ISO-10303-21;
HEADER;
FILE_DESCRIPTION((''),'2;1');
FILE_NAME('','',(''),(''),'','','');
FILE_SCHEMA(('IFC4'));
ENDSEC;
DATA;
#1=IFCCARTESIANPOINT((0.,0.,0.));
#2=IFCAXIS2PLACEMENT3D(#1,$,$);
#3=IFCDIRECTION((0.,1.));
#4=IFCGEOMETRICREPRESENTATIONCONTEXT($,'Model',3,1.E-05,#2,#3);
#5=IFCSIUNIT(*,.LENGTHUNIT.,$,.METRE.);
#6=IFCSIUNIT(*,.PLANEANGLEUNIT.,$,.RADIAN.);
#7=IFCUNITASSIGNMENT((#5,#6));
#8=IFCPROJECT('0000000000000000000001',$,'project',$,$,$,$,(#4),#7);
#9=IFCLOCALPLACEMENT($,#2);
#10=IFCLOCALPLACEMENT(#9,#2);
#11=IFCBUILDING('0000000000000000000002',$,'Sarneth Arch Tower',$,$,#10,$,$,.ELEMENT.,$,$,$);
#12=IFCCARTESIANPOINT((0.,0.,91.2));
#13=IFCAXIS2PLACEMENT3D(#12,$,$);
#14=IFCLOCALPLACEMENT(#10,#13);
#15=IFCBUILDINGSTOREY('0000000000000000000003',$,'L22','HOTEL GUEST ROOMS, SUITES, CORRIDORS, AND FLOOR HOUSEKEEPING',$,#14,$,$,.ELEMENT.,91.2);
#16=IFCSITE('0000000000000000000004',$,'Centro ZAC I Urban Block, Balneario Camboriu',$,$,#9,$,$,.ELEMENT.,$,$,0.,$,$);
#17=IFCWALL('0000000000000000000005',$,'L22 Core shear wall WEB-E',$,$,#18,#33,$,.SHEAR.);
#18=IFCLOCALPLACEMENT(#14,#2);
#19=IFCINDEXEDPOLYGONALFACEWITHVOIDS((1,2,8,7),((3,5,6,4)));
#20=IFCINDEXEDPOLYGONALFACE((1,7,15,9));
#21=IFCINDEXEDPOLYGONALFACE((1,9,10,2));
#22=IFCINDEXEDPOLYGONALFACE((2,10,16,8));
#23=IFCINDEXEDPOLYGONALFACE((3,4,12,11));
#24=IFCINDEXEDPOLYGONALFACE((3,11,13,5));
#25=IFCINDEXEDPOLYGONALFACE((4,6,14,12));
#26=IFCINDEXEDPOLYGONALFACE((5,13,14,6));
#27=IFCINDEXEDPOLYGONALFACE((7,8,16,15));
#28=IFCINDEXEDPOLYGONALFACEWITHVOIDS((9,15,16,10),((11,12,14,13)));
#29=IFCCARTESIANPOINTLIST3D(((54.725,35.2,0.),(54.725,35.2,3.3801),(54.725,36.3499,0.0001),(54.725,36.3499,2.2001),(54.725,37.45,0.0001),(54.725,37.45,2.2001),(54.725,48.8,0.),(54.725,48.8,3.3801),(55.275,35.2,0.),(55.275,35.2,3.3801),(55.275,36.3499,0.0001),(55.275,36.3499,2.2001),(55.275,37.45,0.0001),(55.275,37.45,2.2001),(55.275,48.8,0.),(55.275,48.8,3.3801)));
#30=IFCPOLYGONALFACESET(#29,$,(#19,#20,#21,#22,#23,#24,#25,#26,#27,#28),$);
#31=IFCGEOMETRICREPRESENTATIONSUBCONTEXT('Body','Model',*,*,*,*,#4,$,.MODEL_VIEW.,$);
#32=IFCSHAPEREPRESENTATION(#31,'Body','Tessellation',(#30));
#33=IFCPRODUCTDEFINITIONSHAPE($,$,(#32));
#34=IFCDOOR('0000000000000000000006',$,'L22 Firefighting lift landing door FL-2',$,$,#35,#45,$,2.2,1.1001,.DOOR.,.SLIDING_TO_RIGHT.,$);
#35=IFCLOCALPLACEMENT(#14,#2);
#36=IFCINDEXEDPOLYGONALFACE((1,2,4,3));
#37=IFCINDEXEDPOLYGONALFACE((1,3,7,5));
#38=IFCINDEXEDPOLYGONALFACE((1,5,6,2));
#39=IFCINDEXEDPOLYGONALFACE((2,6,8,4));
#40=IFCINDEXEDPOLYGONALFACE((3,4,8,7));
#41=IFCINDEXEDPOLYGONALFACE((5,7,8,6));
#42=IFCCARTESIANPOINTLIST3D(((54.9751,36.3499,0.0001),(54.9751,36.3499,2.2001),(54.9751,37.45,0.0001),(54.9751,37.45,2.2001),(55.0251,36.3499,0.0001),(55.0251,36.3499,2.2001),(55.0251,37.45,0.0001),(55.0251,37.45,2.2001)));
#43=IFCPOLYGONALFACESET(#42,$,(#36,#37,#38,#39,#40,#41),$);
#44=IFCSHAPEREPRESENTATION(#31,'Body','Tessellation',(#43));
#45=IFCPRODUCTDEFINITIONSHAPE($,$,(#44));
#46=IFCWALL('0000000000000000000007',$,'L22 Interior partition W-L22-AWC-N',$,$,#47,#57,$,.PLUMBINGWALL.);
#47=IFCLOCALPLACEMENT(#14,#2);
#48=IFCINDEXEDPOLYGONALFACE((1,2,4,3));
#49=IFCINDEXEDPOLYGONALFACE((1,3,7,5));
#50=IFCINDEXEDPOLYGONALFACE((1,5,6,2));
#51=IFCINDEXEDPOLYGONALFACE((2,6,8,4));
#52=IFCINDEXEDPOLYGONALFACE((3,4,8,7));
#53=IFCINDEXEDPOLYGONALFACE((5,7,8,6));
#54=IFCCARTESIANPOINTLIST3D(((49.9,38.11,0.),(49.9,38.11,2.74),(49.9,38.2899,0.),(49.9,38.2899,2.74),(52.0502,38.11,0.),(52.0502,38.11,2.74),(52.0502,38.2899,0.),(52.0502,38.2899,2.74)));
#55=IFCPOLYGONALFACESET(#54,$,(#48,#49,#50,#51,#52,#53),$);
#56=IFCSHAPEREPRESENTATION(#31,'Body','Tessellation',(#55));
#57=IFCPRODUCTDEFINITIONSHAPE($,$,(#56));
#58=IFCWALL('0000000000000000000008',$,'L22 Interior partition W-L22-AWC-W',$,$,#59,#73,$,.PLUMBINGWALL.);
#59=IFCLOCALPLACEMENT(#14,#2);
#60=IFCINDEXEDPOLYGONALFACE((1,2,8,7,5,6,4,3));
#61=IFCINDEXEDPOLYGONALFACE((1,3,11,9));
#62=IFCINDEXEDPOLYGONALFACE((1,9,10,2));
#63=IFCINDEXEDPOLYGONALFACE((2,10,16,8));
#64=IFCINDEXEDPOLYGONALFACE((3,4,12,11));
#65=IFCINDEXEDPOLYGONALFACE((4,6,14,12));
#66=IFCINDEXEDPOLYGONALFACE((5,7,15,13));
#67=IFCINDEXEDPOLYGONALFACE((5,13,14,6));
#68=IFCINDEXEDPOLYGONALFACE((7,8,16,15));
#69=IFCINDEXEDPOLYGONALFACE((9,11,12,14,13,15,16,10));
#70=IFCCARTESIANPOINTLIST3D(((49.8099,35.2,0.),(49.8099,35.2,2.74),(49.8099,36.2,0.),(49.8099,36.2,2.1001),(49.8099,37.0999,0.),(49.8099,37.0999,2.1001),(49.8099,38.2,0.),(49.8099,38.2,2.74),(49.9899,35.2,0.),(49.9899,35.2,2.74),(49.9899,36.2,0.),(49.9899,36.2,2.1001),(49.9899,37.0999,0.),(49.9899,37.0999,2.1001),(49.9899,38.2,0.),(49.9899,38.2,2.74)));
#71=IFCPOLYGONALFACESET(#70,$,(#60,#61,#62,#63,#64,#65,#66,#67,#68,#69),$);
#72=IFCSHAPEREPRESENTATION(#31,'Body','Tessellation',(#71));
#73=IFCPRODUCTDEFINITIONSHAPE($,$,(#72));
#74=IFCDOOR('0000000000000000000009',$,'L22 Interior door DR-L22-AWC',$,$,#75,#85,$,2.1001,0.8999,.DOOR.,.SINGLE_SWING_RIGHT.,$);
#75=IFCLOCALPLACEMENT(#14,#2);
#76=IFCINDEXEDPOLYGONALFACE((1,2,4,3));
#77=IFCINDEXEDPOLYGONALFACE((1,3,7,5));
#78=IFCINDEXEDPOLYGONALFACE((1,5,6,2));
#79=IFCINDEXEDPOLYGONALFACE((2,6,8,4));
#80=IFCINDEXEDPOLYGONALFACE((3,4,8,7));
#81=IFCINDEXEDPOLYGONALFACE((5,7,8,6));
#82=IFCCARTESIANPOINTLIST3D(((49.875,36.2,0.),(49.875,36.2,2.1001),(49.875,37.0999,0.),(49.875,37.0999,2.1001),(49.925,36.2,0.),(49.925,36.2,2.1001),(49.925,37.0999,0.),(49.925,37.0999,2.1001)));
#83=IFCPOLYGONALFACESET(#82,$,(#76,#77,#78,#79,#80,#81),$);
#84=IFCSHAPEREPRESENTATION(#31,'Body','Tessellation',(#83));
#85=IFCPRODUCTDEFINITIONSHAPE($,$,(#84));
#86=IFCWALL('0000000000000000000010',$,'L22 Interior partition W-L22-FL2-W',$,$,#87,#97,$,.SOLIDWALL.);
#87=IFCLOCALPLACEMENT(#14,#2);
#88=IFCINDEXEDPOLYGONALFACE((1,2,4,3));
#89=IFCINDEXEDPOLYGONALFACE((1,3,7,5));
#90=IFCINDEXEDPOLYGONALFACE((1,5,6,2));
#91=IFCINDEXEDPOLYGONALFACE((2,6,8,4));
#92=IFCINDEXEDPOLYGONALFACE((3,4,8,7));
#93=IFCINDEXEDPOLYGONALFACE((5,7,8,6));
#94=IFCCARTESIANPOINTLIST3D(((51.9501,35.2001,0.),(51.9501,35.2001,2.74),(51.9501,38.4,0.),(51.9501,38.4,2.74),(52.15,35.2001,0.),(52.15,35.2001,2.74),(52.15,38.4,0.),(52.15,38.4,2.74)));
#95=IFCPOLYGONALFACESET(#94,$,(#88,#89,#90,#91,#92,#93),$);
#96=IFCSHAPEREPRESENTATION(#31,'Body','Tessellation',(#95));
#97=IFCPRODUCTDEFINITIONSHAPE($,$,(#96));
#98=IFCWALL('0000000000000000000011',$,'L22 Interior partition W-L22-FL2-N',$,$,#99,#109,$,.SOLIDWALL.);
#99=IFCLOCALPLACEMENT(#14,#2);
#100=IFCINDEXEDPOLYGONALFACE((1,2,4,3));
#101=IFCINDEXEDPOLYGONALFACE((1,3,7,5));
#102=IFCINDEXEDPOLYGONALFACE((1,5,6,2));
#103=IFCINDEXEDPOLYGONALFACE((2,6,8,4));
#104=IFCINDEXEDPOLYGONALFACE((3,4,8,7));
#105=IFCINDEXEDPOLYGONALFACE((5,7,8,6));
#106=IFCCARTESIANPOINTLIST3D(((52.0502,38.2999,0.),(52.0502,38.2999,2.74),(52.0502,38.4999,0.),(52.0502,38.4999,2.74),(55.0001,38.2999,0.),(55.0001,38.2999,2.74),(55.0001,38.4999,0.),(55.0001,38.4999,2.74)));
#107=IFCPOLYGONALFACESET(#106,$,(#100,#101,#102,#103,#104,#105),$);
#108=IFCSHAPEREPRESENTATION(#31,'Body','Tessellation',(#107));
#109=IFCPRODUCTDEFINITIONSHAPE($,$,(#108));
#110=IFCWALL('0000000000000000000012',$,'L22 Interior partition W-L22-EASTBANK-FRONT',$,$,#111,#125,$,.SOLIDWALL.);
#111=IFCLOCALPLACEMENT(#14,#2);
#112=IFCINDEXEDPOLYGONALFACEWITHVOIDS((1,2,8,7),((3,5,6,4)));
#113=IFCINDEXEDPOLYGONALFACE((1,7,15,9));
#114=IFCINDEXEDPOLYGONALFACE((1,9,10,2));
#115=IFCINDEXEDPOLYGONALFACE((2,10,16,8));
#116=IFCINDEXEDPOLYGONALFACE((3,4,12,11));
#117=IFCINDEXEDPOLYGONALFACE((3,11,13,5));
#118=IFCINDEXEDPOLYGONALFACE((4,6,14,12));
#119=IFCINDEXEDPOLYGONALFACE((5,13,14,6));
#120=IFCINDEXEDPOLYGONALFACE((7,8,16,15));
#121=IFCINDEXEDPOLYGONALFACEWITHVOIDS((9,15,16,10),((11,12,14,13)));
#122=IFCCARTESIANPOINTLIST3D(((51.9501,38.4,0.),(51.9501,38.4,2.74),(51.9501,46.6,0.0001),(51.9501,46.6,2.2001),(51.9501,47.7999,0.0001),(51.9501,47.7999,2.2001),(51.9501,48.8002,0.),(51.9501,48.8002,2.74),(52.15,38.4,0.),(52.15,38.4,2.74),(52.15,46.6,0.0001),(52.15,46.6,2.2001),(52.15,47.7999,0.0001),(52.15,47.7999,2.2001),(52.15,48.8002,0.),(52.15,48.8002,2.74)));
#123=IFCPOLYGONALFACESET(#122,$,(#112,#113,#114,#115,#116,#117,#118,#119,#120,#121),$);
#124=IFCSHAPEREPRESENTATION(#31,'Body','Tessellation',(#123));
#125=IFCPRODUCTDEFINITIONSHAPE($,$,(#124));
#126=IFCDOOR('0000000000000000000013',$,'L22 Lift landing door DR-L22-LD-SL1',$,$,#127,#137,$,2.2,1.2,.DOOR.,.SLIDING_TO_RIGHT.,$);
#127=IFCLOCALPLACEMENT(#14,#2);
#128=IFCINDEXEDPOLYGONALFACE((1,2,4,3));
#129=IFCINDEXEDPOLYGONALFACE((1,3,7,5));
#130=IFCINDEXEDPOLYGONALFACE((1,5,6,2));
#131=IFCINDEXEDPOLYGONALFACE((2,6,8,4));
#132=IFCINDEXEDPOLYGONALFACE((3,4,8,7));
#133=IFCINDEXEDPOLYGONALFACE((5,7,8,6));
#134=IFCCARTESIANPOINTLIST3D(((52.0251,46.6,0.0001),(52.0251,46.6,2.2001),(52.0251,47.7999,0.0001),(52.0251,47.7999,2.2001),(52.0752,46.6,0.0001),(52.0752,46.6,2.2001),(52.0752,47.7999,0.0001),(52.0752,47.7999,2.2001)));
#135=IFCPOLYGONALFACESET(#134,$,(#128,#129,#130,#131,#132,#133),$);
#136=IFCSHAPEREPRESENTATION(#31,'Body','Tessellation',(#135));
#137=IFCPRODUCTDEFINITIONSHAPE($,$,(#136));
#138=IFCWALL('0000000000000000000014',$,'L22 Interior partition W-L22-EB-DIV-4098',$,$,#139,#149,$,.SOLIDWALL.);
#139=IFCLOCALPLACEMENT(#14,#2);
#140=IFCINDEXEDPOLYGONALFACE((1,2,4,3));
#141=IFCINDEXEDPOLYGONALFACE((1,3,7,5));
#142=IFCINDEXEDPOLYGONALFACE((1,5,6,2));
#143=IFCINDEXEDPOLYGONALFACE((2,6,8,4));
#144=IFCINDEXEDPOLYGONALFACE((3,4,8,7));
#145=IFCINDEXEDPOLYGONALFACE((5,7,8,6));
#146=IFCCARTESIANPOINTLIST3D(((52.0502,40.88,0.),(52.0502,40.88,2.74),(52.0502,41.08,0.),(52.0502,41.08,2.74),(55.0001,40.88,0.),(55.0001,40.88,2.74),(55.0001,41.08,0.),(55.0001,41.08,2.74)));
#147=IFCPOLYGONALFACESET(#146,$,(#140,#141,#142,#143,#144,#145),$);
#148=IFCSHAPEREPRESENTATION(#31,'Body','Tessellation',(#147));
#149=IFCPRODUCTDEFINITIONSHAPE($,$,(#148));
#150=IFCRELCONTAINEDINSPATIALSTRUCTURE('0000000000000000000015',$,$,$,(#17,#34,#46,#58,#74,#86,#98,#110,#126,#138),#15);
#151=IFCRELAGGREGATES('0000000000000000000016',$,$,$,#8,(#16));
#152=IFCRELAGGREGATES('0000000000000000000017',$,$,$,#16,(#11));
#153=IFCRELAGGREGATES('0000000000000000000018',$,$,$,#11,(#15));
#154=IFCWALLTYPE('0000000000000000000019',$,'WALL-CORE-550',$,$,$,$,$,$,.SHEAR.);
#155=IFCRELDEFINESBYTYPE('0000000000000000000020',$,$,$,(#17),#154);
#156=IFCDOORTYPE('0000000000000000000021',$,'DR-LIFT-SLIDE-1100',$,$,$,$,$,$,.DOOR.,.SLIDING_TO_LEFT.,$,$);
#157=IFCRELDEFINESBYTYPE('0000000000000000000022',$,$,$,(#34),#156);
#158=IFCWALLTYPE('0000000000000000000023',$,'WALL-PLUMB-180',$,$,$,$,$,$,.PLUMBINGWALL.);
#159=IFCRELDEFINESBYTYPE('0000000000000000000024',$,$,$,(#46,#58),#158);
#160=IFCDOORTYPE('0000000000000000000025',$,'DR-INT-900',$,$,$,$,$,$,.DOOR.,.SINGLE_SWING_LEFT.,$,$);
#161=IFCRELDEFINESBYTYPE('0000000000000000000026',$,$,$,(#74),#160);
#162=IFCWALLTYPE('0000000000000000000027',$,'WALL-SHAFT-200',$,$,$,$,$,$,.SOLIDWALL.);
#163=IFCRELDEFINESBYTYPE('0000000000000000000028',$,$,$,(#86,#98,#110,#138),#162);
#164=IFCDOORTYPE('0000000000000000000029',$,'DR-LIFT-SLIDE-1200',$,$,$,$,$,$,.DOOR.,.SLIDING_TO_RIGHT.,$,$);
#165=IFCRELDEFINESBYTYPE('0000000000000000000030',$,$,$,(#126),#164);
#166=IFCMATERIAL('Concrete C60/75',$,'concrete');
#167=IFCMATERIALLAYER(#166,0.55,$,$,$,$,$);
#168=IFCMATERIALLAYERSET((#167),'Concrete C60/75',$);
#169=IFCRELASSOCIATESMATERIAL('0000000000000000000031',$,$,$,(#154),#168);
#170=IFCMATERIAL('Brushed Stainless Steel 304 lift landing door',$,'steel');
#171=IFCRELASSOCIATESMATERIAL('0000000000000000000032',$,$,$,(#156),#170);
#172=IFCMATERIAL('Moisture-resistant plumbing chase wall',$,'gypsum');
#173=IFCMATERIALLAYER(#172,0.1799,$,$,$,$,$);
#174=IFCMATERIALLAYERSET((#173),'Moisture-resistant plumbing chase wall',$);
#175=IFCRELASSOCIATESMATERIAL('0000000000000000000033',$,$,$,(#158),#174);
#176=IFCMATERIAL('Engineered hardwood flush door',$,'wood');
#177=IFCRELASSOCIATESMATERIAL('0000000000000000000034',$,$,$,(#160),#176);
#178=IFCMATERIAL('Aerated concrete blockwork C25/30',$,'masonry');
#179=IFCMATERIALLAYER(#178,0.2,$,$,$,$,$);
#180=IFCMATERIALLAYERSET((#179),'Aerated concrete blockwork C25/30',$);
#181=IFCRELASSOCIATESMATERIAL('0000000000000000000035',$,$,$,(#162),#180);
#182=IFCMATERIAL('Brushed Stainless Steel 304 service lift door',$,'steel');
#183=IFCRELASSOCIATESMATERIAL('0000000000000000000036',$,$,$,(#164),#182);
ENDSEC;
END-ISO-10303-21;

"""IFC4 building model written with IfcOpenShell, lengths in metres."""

from ifc_helpers import new_model, si_unit, direction, frame, frame_2d, origin, place, context, subcontext, project, spatial, rectangle, extrude, material, layer, layer_set, type_object, element, fill, save


model = new_model("IFC4")

# Units and contexts
model_context = context("Model", 3, precision=1e-05, world=origin(), true_north=direction((0.0, 1.0)))
body_context = subcontext(model_context, "Body", "Model", "MODEL_VIEW")
ifc_project = project(units=[si_unit("LENGTHUNIT", "METRE"), si_unit("PLANEANGLEUNIT", "RADIAN")], contexts=[model_context])

# Site, building, storey
site_placement = place(None, origin())
site = spatial("IfcSite", under=ifc_project, at=site_placement, Name="Centro ZAC I Urban Block, Balneario Camboriu", CompositionType="ELEMENT", RefElevation=0.0)
building_placement = place(site_placement, origin())
building = spatial("IfcBuilding", under=site, at=building_placement, Name="Sarneth Arch Tower", CompositionType="ELEMENT")
storey_placement = place(building_placement, frame((0.0, 0.0, 91.2)))
storey = spatial("IfcBuildingStorey", under=building, at=storey_placement, Name="L22", Description="HOTEL GUEST ROOMS, SUITES, CORRIDORS, AND FLOOR HOUSEKEEPING", CompositionType="ELEMENT", Elevation=91.2)

# Shared definitions
ifc_material_1 = material(Name="Concrete C60/75", Category="concrete")
ifc_layer_1 = layer(ifc_material_1, 0.55)
ifc_layer_set_1 = layer_set([ifc_layer_1], Name="Concrete C60/75")
wall_type_1 = type_object("IfcWallType", Name="WALL-CORE-550", PredefinedType="SHEAR", material=ifc_layer_set_1)

# Wall, opening, door
wall_1_placement = place(storey_placement, frame((55.0, 35.2, 0.0), z_axis=(0.0, 0.0, 1.0), x_axis=(0.0, 1.0, 0.0)))
wall_1 = element("IfcWall", 1, at=wall_1_placement, inside=storey, type_object=wall_type_1, Name="L22 Core shear wall WEB-E", PredefinedType="SHEAR", context=body_context, shape_type="SweptSolid", body=[
    extrude(rectangle(XDim=13.6001, YDim=0.55, at=frame_2d((6.8, 0.0))), origin(), (0.0, 0.0, 1.0), 3.3801),
])
opening_1_placement = place(wall_1_placement, frame((1.1499, 0.0, 0.0)))
opening_1 = element("IfcOpeningElement", 2, at=opening_1_placement, cuts=wall_1, PredefinedType="OPENING", context=body_context, shape_type="SweptSolid", body=[
    extrude(rectangle(XDim=1.1001, YDim=2.2, at=frame_2d((0.55, 1.1001))), frame((0.0, 0.2849, 0.0), z_axis=(0.0, -1.0, 0.0), x_axis=(1.0, 0.0, 0.0)), (0.0, 0.0, 1.0), 0.5701),
])
ifc_material_2 = material(Name="Brushed Stainless Steel 304 lift landing door", Category="steel")
door_type_1 = type_object("IfcDoorType", Name="DR-LIFT-SLIDE-1100", OperationType="SLIDING_TO_LEFT", PredefinedType="DOOR", material=ifc_material_2)
door_1_placement = place(opening_1_placement, origin())
door_1 = element("IfcDoor", 3, at=door_1_placement, inside=storey, type_object=door_type_1, Name="L22 Firefighting lift landing door FL-2", OperationType="SLIDING_TO_RIGHT", OverallHeight=2.2, OverallWidth=1.1001, PredefinedType="DOOR", context=body_context, shape_type="SweptSolid", body=[
    extrude(rectangle(XDim=1.1001, YDim=2.2, at=frame_2d((0.55, 1.1001))), frame((0.0, 0.0249, 0.0), z_axis=(0.0, -1.0, 0.0), x_axis=(1.0, 0.0, 0.0)), (0.0, 0.0, 1.0), 0.05),
])
fill(opening_1, door_1)

# Wall
ifc_material_3 = material(Name="Moisture-resistant plumbing chase wall", Category="gypsum")
ifc_layer_2 = layer(ifc_material_3, 0.1799)
ifc_layer_set_2 = layer_set([ifc_layer_2], Name="Moisture-resistant plumbing chase wall")
wall_type_2 = type_object("IfcWallType", Name="WALL-PLUMB-180", PredefinedType="PLUMBINGWALL", material=ifc_layer_set_2)
wall_2_placement = place(storey_placement, frame((49.8999, 38.2, 0.0), z_axis=(0.0, 0.0, 1.0), x_axis=(1.0, 0.0, 0.0)))
element("IfcWall", 4, at=wall_2_placement, inside=storey, type_object=wall_type_2, Name="L22 Interior partition W-L22-AWC-N", PredefinedType="PLUMBINGWALL", context=body_context, shape_type="SweptSolid", body=[
    extrude(rectangle(XDim=2.1501, YDim=0.1799, at=frame_2d((1.0752, 0.0))), origin(), (0.0, 0.0, 1.0), 2.74),
])

# Wall, opening, door
wall_3_placement = place(storey_placement, frame((49.8999, 35.2, 0.0), z_axis=(0.0, 0.0, 1.0), x_axis=(0.0, 1.0, 0.0)))
wall_3 = element("IfcWall", 5, at=wall_3_placement, inside=storey, type_object=wall_type_2, Name="L22 Interior partition W-L22-AWC-W", PredefinedType="PLUMBINGWALL", context=body_context, shape_type="SweptSolid", body=[
    extrude(rectangle(XDim=3.0, YDim=0.1799, at=frame_2d((1.5, 0.0))), origin(), (0.0, 0.0, 1.0), 2.74),
])
opening_2_placement = place(wall_3_placement, frame((1.0, 0.0, 0.0)))
opening_2 = element("IfcOpeningElement", 6, at=opening_2_placement, cuts=wall_3, PredefinedType="OPENING", context=body_context, shape_type="SweptSolid", body=[
    extrude(rectangle(XDim=0.8999, YDim=2.1001, at=frame_2d((0.45, 1.05))), frame((0.0, 0.0999, 0.0), z_axis=(0.0, -1.0, 0.0), x_axis=(1.0, 0.0, 0.0)), (0.0, 0.0, 1.0), 0.2),
])
ifc_material_4 = material(Name="Engineered hardwood flush door", Category="wood")
door_type_2 = type_object("IfcDoorType", Name="DR-INT-900", OperationType="SINGLE_SWING_LEFT", PredefinedType="DOOR", material=ifc_material_4)
door_2_placement = place(opening_2_placement, origin())
door_2 = element("IfcDoor", 7, at=door_2_placement, inside=storey, type_object=door_type_2, Name="L22 Interior door DR-L22-AWC", OperationType="SINGLE_SWING_RIGHT", OverallHeight=2.1001, OverallWidth=0.8999, PredefinedType="DOOR", context=body_context, shape_type="SweptSolid", body=[
    extrude(rectangle(XDim=0.8999, YDim=2.1001, at=frame_2d((0.45, 1.05))), frame((0.0, 0.0249, 0.0), z_axis=(0.0, -1.0, 0.0), x_axis=(1.0, 0.0, 0.0)), (0.0, 0.0, 1.0), 0.05),
])
fill(opening_2, door_2)
ifc_material_5 = material(Name="Aerated concrete blockwork C25/30", Category="masonry")
ifc_layer_3 = layer(ifc_material_5, 0.2)
ifc_layer_set_3 = layer_set([ifc_layer_3], Name="Aerated concrete blockwork C25/30")
wall_type_3 = type_object("IfcWallType", Name="WALL-SHAFT-200", PredefinedType="SOLIDWALL", material=ifc_layer_set_3)

# Walls
wall_4_placement = place(storey_placement, frame((52.05, 35.2, 0.0), z_axis=(0.0, 0.0, 1.0), x_axis=(0.0, 1.0, 0.0)))
element("IfcWall", 8, at=wall_4_placement, inside=storey, type_object=wall_type_3, Name="L22 Interior partition W-L22-FL2-W", PredefinedType="SOLIDWALL", context=body_context, shape_type="SweptSolid", body=[
    extrude(rectangle(XDim=3.2, YDim=0.2, at=frame_2d((1.6001, 0.0))), origin(), (0.0, 0.0, 1.0), 2.74),
])
wall_5_placement = place(storey_placement, frame((52.05, 38.3999, 0.0), z_axis=(0.0, 0.0, 1.0), x_axis=(1.0, 0.0, 0.0)))
element("IfcWall", 9, at=wall_5_placement, inside=storey, type_object=wall_type_3, Name="L22 Interior partition W-L22-FL2-N", PredefinedType="SOLIDWALL", context=body_context, shape_type="SweptSolid", body=[
    extrude(rectangle(XDim=2.95, YDim=0.2, at=frame_2d((1.4751, 0.0))), origin(), (0.0, 0.0, 1.0), 2.74),
])

# Wall, opening, door
wall_6_placement = place(storey_placement, frame((52.05, 38.3999, 0.0), z_axis=(0.0, 0.0, 1.0), x_axis=(0.0, 1.0, 0.0)))
wall_6 = element("IfcWall", 10, at=wall_6_placement, inside=storey, type_object=wall_type_3, Name="L22 Interior partition W-L22-EASTBANK-FRONT", PredefinedType="SOLIDWALL", context=body_context, shape_type="SweptSolid", body=[
    extrude(rectangle(XDim=10.4001, YDim=0.2, at=frame_2d((5.2002, 0.0))), origin(), (0.0, 0.0, 1.0), 2.74),
])
opening_3_placement = place(wall_6_placement, frame((8.2, 0.0, 0.0)))
opening_3 = element("IfcOpeningElement", 11, at=opening_3_placement, cuts=wall_6, PredefinedType="OPENING", context=body_context, shape_type="SweptSolid", body=[
    extrude(rectangle(XDim=1.2, YDim=2.2, at=frame_2d((0.6001, 1.1001))), frame((0.0, 0.1099, 0.0), z_axis=(0.0, -1.0, 0.0), x_axis=(1.0, 0.0, 0.0)), (0.0, 0.0, 1.0), 0.22),
])
ifc_material_6 = material(Name="Brushed Stainless Steel 304 service lift door", Category="steel")
door_type_3 = type_object("IfcDoorType", Name="DR-LIFT-SLIDE-1200", OperationType="SLIDING_TO_RIGHT", PredefinedType="DOOR", material=ifc_material_6)
door_3_placement = place(opening_3_placement, origin())
door_3 = element("IfcDoor", 12, at=door_3_placement, inside=storey, type_object=door_type_3, Name="L22 Lift landing door DR-L22-LD-SL1", OperationType="SLIDING_TO_RIGHT", OverallHeight=2.2, OverallWidth=1.2, PredefinedType="DOOR", context=body_context, shape_type="SweptSolid", body=[
    extrude(rectangle(XDim=1.2, YDim=2.2, at=frame_2d((0.6001, 1.1001))), frame((0.0, 0.0249, 0.0), z_axis=(0.0, -1.0, 0.0), x_axis=(1.0, 0.0, 0.0)), (0.0, 0.0, 1.0), 0.05),
])
fill(opening_3, door_3)

# Wall
wall_7_placement = place(storey_placement, frame((52.05, 40.98, 0.0), z_axis=(0.0, 0.0, 1.0), x_axis=(1.0, 0.0, 0.0)))
element("IfcWall", 13, at=wall_7_placement, inside=storey, type_object=wall_type_3, Name="L22 Interior partition W-L22-EB-DIV-4098", PredefinedType="SOLIDWALL", context=body_context, shape_type="SweptSolid", body=[
    extrude(rectangle(XDim=2.95, YDim=0.2, at=frame_2d((1.4751, 0.0))), origin(), (0.0, 0.0, 1.0), 2.74),
])

save(model, "model.ifc")
